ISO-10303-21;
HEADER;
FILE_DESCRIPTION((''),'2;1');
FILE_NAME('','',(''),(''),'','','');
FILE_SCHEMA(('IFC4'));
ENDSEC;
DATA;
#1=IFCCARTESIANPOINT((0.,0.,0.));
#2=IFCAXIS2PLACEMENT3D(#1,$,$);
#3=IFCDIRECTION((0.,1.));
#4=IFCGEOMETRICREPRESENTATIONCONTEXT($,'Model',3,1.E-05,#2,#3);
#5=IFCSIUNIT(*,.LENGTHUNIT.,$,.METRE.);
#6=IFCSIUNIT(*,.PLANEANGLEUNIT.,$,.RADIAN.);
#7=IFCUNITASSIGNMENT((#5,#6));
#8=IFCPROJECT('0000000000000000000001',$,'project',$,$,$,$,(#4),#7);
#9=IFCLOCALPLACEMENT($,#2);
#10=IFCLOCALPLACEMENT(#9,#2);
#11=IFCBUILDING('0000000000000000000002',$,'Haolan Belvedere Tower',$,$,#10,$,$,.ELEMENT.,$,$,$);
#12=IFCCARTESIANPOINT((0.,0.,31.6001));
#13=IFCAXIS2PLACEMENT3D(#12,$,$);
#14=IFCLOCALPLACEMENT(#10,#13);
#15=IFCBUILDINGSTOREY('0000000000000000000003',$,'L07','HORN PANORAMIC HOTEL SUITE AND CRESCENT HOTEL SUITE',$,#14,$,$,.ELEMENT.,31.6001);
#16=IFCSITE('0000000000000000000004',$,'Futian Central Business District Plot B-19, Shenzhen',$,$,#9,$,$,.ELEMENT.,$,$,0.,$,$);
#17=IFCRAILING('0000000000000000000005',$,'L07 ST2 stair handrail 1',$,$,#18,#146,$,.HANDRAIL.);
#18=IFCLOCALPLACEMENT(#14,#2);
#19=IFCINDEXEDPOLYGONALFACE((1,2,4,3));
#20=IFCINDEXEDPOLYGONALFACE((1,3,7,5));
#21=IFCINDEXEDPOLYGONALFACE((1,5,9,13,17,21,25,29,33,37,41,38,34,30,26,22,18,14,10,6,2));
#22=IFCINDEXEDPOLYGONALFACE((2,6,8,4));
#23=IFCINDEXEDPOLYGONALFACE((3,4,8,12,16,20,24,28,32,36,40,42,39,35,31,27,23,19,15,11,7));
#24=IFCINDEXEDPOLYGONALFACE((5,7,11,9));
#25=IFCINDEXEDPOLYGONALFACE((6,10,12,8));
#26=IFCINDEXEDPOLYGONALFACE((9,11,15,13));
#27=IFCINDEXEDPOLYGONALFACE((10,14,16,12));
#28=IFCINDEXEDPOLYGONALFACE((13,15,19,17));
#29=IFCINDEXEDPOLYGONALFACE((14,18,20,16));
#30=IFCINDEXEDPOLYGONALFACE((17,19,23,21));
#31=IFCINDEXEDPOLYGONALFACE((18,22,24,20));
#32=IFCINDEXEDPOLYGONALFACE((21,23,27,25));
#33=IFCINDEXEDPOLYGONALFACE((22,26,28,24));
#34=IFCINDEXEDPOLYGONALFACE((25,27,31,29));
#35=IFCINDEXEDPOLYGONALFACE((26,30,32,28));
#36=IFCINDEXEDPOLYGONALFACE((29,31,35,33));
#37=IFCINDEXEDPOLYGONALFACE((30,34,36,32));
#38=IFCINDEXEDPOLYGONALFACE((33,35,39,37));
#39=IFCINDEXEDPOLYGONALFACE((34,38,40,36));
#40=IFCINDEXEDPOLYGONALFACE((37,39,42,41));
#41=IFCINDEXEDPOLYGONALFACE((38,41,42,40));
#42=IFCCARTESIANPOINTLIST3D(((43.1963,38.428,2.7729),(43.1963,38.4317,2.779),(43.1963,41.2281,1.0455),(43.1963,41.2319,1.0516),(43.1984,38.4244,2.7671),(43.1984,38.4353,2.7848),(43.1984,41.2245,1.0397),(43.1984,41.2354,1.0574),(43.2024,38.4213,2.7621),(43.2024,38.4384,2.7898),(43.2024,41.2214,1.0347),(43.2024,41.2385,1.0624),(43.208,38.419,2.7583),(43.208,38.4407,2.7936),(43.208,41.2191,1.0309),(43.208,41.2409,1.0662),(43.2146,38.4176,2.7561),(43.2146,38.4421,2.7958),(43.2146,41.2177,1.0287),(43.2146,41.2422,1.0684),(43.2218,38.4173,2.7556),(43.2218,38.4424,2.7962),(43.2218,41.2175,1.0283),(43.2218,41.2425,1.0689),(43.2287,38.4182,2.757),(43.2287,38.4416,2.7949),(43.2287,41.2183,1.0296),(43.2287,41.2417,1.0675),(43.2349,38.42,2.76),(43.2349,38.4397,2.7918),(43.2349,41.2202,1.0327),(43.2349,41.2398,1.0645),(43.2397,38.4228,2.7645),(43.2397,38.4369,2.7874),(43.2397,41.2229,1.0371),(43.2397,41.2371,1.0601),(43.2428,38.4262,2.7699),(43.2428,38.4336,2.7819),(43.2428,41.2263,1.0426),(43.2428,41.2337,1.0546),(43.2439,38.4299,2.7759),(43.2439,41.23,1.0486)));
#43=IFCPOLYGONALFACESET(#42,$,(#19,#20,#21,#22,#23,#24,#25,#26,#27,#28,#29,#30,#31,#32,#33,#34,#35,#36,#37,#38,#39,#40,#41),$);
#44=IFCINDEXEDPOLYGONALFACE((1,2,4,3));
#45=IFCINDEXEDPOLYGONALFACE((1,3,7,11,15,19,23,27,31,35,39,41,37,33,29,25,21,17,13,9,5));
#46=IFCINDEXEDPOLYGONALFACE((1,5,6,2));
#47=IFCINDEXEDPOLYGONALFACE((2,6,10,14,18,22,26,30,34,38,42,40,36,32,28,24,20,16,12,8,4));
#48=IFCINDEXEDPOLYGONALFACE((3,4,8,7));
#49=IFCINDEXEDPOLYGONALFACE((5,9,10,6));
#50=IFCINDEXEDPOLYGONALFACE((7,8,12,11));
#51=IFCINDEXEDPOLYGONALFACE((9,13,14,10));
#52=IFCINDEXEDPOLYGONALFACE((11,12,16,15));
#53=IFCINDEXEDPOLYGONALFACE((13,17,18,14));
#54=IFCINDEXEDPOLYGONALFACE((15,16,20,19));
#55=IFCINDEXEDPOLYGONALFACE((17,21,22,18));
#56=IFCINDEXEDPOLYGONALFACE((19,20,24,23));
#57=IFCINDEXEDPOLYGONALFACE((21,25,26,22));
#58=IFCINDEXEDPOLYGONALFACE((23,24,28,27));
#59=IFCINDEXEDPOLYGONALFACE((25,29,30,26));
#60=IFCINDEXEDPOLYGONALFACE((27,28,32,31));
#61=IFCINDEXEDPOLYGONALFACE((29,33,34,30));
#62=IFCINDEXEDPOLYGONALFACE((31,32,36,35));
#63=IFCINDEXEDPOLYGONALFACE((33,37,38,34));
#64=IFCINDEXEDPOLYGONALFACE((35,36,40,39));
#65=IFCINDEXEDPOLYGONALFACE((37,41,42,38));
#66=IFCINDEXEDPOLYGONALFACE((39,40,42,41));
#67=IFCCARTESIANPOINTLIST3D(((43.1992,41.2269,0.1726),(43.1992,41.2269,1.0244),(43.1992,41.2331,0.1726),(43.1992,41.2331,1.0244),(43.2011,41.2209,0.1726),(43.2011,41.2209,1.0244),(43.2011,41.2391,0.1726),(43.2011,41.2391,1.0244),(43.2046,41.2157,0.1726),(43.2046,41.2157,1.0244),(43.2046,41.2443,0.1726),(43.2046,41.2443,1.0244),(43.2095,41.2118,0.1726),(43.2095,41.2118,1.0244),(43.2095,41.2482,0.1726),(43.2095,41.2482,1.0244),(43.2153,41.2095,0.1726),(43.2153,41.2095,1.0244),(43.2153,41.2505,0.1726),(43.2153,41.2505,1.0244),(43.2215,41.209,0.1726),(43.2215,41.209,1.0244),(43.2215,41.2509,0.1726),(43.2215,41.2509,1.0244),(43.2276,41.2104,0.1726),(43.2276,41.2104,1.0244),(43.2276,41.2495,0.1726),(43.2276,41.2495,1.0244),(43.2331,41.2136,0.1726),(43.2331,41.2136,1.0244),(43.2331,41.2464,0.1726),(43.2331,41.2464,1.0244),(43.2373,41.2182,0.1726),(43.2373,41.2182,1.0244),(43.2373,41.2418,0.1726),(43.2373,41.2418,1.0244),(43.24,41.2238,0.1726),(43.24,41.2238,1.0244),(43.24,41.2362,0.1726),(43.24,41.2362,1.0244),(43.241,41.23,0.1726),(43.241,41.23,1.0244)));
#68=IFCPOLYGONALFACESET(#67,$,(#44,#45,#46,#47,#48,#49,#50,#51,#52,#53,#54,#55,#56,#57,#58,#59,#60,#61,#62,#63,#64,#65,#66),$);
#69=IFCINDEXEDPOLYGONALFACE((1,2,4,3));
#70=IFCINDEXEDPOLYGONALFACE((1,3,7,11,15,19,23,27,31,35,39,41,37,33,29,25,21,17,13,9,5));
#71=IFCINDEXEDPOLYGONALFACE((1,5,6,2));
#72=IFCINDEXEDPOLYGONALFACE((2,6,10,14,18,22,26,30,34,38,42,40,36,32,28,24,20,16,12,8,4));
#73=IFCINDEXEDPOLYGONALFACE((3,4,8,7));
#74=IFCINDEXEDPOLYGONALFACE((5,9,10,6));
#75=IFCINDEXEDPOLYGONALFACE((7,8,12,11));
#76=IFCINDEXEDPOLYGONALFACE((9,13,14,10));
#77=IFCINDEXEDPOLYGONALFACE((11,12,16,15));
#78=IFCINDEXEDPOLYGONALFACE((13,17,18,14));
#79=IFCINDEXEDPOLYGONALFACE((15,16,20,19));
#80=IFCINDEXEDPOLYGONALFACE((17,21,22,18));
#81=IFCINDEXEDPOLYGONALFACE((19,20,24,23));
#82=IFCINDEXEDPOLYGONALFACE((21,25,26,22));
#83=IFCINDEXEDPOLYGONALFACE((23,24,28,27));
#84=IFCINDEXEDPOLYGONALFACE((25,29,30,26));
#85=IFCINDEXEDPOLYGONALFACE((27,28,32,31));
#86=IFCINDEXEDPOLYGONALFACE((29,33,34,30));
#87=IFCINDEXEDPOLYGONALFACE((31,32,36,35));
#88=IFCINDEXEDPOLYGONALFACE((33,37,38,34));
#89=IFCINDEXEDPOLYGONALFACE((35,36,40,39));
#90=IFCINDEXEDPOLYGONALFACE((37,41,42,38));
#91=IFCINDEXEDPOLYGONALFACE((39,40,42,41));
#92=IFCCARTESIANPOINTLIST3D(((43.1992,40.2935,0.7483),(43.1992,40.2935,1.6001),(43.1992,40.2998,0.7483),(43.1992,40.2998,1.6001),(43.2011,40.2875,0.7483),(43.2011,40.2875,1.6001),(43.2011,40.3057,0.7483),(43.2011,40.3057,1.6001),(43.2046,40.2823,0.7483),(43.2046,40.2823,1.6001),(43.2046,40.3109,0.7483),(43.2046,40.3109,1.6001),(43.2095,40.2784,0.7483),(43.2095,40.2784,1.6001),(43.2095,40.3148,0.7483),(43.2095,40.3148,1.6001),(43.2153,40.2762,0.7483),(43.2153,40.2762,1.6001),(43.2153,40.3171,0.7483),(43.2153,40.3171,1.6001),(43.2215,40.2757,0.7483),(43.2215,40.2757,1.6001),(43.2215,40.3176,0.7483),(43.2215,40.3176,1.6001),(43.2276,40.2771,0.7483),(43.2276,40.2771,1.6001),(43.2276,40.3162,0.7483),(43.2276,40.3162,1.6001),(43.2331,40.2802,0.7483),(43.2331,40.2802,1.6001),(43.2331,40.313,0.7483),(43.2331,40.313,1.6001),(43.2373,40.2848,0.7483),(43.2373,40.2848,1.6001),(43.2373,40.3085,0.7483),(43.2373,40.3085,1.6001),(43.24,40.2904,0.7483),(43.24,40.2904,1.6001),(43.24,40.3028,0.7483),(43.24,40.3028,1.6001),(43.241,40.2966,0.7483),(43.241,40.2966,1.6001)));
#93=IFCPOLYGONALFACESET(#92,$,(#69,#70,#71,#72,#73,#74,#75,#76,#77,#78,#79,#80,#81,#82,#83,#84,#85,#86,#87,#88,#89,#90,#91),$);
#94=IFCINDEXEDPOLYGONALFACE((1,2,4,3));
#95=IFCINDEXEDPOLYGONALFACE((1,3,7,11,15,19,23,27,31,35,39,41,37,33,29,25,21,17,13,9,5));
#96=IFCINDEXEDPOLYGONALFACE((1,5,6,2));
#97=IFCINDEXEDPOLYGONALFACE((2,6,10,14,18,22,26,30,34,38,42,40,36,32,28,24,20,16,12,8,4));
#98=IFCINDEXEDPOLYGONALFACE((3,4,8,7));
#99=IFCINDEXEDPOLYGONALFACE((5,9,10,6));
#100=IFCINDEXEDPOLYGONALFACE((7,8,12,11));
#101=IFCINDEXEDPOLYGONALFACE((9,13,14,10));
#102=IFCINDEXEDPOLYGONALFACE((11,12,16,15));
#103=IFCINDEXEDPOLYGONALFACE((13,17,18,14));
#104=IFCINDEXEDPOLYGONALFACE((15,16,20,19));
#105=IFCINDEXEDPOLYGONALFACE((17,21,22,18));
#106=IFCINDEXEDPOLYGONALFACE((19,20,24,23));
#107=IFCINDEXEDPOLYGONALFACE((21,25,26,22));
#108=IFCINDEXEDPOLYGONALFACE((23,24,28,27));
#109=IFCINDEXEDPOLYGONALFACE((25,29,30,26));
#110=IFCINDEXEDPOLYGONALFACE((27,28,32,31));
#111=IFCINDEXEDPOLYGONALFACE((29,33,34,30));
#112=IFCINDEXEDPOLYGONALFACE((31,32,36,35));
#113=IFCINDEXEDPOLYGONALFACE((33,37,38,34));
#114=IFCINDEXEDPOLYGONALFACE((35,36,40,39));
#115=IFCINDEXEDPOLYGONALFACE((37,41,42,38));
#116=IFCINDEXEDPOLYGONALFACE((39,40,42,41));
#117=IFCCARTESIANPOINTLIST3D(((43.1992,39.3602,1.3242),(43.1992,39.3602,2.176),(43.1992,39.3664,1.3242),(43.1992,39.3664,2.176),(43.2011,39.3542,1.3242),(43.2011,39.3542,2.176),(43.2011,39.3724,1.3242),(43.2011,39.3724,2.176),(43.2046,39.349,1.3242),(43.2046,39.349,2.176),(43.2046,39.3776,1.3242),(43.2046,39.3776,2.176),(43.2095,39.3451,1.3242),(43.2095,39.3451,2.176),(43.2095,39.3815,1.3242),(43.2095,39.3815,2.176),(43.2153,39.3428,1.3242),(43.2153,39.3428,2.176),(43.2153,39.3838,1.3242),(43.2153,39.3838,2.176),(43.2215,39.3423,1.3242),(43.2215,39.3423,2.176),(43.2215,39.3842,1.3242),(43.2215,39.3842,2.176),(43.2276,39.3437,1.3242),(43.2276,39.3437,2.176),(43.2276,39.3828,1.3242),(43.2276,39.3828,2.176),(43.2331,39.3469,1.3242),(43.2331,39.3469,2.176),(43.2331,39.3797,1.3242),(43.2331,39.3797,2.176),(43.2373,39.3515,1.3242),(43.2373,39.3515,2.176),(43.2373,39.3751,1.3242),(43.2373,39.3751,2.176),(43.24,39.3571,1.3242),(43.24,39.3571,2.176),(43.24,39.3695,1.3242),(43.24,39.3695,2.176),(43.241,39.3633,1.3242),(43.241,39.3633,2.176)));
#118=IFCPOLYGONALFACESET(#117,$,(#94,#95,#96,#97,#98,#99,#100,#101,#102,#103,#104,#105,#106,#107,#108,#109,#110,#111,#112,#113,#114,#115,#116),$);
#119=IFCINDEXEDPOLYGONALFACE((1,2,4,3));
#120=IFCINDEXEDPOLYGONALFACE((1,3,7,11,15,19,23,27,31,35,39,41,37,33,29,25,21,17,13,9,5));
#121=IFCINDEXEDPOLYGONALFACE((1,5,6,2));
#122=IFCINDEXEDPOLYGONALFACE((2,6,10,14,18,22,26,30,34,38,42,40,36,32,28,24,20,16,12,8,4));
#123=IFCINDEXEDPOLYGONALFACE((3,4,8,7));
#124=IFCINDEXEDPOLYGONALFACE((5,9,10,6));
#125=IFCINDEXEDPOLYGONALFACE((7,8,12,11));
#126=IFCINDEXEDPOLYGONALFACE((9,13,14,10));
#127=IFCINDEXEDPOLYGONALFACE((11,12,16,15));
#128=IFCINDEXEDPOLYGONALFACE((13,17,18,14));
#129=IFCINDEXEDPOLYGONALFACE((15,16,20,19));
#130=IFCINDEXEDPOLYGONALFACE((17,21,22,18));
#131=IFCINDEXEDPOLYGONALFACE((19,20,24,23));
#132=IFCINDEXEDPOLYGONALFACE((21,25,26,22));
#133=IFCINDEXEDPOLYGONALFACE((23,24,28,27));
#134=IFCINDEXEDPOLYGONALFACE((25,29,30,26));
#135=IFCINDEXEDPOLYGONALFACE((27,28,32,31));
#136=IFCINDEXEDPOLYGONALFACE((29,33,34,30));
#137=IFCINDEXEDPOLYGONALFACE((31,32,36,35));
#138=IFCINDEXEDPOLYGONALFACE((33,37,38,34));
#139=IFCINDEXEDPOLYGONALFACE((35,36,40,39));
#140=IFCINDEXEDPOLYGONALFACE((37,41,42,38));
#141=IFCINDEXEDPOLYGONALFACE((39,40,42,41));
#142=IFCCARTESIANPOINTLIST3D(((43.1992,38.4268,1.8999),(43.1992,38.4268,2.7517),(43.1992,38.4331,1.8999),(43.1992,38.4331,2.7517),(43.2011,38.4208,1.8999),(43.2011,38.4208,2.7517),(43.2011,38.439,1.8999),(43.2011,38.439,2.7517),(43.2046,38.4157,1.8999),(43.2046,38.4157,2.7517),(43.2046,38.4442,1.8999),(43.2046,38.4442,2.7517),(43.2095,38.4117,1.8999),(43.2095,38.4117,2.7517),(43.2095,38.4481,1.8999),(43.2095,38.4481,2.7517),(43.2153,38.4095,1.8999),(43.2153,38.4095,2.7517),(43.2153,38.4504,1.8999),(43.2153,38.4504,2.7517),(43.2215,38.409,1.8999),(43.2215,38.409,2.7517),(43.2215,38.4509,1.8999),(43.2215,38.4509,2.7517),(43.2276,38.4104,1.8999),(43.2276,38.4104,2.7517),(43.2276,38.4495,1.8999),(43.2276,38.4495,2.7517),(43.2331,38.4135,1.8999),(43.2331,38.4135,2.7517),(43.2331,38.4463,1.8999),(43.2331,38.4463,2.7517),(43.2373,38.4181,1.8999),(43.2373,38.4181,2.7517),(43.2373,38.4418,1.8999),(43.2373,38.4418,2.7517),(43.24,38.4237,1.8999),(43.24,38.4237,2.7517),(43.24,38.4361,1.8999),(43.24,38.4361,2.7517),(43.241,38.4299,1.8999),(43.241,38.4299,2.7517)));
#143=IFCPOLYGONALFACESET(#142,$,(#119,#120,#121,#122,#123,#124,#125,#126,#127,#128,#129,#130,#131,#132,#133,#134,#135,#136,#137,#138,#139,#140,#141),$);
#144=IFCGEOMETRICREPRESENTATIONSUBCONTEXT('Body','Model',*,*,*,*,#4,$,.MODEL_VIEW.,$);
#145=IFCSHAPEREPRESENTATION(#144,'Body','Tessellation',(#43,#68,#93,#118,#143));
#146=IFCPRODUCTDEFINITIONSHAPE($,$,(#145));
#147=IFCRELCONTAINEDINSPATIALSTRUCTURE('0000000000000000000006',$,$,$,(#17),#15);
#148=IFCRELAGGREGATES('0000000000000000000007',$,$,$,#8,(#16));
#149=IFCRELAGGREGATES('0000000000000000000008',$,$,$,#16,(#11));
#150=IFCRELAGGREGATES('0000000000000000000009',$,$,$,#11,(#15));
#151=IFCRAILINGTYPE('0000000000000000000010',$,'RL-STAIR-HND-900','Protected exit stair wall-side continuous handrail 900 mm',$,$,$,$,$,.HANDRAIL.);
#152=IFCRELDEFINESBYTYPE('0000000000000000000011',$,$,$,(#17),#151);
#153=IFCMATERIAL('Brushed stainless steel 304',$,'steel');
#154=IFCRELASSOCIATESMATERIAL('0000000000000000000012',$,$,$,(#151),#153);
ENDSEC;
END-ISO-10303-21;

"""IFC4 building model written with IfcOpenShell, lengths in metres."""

from ifc_helpers import new_model, si_unit, direction, frame, origin, origin_2d, place, context, subcontext, project, spatial, circle, extrude, material, type_object, element, save


model = new_model("IFC4")

# Units and contexts
model_context = context("Model", 3, precision=1e-05, world=origin(), true_north=direction((0.0, 1.0)))
body_context = subcontext(model_context, "Body", "Model", "MODEL_VIEW")
ifc_project = project(units=[si_unit("LENGTHUNIT", "METRE"), si_unit("PLANEANGLEUNIT", "RADIAN")], contexts=[model_context])

# Site, building, storey
site_placement = place(None, origin())
site = spatial("IfcSite", under=ifc_project, at=site_placement, Name="Futian Central Business District Plot B-19, Shenzhen", CompositionType="ELEMENT", RefElevation=0.0)
building_placement = place(site_placement, origin())
building = spatial("IfcBuilding", under=site, at=building_placement, Name="Haolan Belvedere Tower", CompositionType="ELEMENT")
storey_placement = place(building_placement, frame((0.0, 0.0, 31.6001)))
storey = spatial("IfcBuildingStorey", under=building, at=storey_placement, Name="L07", Description="HORN PANORAMIC HOTEL SUITE AND CRESCENT HOTEL SUITE", CompositionType="ELEMENT", Elevation=31.6001)

# Railing
ifc_material_1 = material(Name="Brushed stainless steel 304", Category="steel")
railing_type_1 = type_object("IfcRailingType", Name="RL-STAIR-HND-900", Description="Protected exit stair wall-side continuous handrail 900 mm", PredefinedType="HANDRAIL", material=ifc_material_1)
railing_1_placement = place(storey_placement, frame((43.22, 41.23, 0.1726)))
element("IfcRailing", 1, at=railing_1_placement, inside=storey, type_object=railing_type_1, Name="L07 ST2 stair handrail 1", PredefinedType="HANDRAIL", context=body_context, shape_type="SweptSolid", body=[
    extrude(circle(Radius=0.0239, at=origin_2d()), frame((0.0, 0.0, 0.876), z_axis=(0.0, -0.85109, 0.52502), x_axis=(1.0, 0.0, 0.0)), (0.0, 0.0, 1.0), 3.29),
    extrude(circle(Radius=0.021, at=origin_2d()), origin(), (0.0, 0.0, 1.0), 0.8518),
    extrude(circle(Radius=0.021, at=origin_2d()), frame((0.0, -0.9333, 0.5757)), (0.0, 0.0, 1.0), 0.8518),
    extrude(circle(Radius=0.021, at=origin_2d()), frame((0.0, -1.8667, 1.1516)), (0.0, 0.0, 1.0), 0.8518),
    extrude(circle(Radius=0.021, at=origin_2d()), frame((0.0, -2.8, 1.7273)), (0.0, 0.0, 1.0), 0.8518),
])

save(model, "model.ifc")
